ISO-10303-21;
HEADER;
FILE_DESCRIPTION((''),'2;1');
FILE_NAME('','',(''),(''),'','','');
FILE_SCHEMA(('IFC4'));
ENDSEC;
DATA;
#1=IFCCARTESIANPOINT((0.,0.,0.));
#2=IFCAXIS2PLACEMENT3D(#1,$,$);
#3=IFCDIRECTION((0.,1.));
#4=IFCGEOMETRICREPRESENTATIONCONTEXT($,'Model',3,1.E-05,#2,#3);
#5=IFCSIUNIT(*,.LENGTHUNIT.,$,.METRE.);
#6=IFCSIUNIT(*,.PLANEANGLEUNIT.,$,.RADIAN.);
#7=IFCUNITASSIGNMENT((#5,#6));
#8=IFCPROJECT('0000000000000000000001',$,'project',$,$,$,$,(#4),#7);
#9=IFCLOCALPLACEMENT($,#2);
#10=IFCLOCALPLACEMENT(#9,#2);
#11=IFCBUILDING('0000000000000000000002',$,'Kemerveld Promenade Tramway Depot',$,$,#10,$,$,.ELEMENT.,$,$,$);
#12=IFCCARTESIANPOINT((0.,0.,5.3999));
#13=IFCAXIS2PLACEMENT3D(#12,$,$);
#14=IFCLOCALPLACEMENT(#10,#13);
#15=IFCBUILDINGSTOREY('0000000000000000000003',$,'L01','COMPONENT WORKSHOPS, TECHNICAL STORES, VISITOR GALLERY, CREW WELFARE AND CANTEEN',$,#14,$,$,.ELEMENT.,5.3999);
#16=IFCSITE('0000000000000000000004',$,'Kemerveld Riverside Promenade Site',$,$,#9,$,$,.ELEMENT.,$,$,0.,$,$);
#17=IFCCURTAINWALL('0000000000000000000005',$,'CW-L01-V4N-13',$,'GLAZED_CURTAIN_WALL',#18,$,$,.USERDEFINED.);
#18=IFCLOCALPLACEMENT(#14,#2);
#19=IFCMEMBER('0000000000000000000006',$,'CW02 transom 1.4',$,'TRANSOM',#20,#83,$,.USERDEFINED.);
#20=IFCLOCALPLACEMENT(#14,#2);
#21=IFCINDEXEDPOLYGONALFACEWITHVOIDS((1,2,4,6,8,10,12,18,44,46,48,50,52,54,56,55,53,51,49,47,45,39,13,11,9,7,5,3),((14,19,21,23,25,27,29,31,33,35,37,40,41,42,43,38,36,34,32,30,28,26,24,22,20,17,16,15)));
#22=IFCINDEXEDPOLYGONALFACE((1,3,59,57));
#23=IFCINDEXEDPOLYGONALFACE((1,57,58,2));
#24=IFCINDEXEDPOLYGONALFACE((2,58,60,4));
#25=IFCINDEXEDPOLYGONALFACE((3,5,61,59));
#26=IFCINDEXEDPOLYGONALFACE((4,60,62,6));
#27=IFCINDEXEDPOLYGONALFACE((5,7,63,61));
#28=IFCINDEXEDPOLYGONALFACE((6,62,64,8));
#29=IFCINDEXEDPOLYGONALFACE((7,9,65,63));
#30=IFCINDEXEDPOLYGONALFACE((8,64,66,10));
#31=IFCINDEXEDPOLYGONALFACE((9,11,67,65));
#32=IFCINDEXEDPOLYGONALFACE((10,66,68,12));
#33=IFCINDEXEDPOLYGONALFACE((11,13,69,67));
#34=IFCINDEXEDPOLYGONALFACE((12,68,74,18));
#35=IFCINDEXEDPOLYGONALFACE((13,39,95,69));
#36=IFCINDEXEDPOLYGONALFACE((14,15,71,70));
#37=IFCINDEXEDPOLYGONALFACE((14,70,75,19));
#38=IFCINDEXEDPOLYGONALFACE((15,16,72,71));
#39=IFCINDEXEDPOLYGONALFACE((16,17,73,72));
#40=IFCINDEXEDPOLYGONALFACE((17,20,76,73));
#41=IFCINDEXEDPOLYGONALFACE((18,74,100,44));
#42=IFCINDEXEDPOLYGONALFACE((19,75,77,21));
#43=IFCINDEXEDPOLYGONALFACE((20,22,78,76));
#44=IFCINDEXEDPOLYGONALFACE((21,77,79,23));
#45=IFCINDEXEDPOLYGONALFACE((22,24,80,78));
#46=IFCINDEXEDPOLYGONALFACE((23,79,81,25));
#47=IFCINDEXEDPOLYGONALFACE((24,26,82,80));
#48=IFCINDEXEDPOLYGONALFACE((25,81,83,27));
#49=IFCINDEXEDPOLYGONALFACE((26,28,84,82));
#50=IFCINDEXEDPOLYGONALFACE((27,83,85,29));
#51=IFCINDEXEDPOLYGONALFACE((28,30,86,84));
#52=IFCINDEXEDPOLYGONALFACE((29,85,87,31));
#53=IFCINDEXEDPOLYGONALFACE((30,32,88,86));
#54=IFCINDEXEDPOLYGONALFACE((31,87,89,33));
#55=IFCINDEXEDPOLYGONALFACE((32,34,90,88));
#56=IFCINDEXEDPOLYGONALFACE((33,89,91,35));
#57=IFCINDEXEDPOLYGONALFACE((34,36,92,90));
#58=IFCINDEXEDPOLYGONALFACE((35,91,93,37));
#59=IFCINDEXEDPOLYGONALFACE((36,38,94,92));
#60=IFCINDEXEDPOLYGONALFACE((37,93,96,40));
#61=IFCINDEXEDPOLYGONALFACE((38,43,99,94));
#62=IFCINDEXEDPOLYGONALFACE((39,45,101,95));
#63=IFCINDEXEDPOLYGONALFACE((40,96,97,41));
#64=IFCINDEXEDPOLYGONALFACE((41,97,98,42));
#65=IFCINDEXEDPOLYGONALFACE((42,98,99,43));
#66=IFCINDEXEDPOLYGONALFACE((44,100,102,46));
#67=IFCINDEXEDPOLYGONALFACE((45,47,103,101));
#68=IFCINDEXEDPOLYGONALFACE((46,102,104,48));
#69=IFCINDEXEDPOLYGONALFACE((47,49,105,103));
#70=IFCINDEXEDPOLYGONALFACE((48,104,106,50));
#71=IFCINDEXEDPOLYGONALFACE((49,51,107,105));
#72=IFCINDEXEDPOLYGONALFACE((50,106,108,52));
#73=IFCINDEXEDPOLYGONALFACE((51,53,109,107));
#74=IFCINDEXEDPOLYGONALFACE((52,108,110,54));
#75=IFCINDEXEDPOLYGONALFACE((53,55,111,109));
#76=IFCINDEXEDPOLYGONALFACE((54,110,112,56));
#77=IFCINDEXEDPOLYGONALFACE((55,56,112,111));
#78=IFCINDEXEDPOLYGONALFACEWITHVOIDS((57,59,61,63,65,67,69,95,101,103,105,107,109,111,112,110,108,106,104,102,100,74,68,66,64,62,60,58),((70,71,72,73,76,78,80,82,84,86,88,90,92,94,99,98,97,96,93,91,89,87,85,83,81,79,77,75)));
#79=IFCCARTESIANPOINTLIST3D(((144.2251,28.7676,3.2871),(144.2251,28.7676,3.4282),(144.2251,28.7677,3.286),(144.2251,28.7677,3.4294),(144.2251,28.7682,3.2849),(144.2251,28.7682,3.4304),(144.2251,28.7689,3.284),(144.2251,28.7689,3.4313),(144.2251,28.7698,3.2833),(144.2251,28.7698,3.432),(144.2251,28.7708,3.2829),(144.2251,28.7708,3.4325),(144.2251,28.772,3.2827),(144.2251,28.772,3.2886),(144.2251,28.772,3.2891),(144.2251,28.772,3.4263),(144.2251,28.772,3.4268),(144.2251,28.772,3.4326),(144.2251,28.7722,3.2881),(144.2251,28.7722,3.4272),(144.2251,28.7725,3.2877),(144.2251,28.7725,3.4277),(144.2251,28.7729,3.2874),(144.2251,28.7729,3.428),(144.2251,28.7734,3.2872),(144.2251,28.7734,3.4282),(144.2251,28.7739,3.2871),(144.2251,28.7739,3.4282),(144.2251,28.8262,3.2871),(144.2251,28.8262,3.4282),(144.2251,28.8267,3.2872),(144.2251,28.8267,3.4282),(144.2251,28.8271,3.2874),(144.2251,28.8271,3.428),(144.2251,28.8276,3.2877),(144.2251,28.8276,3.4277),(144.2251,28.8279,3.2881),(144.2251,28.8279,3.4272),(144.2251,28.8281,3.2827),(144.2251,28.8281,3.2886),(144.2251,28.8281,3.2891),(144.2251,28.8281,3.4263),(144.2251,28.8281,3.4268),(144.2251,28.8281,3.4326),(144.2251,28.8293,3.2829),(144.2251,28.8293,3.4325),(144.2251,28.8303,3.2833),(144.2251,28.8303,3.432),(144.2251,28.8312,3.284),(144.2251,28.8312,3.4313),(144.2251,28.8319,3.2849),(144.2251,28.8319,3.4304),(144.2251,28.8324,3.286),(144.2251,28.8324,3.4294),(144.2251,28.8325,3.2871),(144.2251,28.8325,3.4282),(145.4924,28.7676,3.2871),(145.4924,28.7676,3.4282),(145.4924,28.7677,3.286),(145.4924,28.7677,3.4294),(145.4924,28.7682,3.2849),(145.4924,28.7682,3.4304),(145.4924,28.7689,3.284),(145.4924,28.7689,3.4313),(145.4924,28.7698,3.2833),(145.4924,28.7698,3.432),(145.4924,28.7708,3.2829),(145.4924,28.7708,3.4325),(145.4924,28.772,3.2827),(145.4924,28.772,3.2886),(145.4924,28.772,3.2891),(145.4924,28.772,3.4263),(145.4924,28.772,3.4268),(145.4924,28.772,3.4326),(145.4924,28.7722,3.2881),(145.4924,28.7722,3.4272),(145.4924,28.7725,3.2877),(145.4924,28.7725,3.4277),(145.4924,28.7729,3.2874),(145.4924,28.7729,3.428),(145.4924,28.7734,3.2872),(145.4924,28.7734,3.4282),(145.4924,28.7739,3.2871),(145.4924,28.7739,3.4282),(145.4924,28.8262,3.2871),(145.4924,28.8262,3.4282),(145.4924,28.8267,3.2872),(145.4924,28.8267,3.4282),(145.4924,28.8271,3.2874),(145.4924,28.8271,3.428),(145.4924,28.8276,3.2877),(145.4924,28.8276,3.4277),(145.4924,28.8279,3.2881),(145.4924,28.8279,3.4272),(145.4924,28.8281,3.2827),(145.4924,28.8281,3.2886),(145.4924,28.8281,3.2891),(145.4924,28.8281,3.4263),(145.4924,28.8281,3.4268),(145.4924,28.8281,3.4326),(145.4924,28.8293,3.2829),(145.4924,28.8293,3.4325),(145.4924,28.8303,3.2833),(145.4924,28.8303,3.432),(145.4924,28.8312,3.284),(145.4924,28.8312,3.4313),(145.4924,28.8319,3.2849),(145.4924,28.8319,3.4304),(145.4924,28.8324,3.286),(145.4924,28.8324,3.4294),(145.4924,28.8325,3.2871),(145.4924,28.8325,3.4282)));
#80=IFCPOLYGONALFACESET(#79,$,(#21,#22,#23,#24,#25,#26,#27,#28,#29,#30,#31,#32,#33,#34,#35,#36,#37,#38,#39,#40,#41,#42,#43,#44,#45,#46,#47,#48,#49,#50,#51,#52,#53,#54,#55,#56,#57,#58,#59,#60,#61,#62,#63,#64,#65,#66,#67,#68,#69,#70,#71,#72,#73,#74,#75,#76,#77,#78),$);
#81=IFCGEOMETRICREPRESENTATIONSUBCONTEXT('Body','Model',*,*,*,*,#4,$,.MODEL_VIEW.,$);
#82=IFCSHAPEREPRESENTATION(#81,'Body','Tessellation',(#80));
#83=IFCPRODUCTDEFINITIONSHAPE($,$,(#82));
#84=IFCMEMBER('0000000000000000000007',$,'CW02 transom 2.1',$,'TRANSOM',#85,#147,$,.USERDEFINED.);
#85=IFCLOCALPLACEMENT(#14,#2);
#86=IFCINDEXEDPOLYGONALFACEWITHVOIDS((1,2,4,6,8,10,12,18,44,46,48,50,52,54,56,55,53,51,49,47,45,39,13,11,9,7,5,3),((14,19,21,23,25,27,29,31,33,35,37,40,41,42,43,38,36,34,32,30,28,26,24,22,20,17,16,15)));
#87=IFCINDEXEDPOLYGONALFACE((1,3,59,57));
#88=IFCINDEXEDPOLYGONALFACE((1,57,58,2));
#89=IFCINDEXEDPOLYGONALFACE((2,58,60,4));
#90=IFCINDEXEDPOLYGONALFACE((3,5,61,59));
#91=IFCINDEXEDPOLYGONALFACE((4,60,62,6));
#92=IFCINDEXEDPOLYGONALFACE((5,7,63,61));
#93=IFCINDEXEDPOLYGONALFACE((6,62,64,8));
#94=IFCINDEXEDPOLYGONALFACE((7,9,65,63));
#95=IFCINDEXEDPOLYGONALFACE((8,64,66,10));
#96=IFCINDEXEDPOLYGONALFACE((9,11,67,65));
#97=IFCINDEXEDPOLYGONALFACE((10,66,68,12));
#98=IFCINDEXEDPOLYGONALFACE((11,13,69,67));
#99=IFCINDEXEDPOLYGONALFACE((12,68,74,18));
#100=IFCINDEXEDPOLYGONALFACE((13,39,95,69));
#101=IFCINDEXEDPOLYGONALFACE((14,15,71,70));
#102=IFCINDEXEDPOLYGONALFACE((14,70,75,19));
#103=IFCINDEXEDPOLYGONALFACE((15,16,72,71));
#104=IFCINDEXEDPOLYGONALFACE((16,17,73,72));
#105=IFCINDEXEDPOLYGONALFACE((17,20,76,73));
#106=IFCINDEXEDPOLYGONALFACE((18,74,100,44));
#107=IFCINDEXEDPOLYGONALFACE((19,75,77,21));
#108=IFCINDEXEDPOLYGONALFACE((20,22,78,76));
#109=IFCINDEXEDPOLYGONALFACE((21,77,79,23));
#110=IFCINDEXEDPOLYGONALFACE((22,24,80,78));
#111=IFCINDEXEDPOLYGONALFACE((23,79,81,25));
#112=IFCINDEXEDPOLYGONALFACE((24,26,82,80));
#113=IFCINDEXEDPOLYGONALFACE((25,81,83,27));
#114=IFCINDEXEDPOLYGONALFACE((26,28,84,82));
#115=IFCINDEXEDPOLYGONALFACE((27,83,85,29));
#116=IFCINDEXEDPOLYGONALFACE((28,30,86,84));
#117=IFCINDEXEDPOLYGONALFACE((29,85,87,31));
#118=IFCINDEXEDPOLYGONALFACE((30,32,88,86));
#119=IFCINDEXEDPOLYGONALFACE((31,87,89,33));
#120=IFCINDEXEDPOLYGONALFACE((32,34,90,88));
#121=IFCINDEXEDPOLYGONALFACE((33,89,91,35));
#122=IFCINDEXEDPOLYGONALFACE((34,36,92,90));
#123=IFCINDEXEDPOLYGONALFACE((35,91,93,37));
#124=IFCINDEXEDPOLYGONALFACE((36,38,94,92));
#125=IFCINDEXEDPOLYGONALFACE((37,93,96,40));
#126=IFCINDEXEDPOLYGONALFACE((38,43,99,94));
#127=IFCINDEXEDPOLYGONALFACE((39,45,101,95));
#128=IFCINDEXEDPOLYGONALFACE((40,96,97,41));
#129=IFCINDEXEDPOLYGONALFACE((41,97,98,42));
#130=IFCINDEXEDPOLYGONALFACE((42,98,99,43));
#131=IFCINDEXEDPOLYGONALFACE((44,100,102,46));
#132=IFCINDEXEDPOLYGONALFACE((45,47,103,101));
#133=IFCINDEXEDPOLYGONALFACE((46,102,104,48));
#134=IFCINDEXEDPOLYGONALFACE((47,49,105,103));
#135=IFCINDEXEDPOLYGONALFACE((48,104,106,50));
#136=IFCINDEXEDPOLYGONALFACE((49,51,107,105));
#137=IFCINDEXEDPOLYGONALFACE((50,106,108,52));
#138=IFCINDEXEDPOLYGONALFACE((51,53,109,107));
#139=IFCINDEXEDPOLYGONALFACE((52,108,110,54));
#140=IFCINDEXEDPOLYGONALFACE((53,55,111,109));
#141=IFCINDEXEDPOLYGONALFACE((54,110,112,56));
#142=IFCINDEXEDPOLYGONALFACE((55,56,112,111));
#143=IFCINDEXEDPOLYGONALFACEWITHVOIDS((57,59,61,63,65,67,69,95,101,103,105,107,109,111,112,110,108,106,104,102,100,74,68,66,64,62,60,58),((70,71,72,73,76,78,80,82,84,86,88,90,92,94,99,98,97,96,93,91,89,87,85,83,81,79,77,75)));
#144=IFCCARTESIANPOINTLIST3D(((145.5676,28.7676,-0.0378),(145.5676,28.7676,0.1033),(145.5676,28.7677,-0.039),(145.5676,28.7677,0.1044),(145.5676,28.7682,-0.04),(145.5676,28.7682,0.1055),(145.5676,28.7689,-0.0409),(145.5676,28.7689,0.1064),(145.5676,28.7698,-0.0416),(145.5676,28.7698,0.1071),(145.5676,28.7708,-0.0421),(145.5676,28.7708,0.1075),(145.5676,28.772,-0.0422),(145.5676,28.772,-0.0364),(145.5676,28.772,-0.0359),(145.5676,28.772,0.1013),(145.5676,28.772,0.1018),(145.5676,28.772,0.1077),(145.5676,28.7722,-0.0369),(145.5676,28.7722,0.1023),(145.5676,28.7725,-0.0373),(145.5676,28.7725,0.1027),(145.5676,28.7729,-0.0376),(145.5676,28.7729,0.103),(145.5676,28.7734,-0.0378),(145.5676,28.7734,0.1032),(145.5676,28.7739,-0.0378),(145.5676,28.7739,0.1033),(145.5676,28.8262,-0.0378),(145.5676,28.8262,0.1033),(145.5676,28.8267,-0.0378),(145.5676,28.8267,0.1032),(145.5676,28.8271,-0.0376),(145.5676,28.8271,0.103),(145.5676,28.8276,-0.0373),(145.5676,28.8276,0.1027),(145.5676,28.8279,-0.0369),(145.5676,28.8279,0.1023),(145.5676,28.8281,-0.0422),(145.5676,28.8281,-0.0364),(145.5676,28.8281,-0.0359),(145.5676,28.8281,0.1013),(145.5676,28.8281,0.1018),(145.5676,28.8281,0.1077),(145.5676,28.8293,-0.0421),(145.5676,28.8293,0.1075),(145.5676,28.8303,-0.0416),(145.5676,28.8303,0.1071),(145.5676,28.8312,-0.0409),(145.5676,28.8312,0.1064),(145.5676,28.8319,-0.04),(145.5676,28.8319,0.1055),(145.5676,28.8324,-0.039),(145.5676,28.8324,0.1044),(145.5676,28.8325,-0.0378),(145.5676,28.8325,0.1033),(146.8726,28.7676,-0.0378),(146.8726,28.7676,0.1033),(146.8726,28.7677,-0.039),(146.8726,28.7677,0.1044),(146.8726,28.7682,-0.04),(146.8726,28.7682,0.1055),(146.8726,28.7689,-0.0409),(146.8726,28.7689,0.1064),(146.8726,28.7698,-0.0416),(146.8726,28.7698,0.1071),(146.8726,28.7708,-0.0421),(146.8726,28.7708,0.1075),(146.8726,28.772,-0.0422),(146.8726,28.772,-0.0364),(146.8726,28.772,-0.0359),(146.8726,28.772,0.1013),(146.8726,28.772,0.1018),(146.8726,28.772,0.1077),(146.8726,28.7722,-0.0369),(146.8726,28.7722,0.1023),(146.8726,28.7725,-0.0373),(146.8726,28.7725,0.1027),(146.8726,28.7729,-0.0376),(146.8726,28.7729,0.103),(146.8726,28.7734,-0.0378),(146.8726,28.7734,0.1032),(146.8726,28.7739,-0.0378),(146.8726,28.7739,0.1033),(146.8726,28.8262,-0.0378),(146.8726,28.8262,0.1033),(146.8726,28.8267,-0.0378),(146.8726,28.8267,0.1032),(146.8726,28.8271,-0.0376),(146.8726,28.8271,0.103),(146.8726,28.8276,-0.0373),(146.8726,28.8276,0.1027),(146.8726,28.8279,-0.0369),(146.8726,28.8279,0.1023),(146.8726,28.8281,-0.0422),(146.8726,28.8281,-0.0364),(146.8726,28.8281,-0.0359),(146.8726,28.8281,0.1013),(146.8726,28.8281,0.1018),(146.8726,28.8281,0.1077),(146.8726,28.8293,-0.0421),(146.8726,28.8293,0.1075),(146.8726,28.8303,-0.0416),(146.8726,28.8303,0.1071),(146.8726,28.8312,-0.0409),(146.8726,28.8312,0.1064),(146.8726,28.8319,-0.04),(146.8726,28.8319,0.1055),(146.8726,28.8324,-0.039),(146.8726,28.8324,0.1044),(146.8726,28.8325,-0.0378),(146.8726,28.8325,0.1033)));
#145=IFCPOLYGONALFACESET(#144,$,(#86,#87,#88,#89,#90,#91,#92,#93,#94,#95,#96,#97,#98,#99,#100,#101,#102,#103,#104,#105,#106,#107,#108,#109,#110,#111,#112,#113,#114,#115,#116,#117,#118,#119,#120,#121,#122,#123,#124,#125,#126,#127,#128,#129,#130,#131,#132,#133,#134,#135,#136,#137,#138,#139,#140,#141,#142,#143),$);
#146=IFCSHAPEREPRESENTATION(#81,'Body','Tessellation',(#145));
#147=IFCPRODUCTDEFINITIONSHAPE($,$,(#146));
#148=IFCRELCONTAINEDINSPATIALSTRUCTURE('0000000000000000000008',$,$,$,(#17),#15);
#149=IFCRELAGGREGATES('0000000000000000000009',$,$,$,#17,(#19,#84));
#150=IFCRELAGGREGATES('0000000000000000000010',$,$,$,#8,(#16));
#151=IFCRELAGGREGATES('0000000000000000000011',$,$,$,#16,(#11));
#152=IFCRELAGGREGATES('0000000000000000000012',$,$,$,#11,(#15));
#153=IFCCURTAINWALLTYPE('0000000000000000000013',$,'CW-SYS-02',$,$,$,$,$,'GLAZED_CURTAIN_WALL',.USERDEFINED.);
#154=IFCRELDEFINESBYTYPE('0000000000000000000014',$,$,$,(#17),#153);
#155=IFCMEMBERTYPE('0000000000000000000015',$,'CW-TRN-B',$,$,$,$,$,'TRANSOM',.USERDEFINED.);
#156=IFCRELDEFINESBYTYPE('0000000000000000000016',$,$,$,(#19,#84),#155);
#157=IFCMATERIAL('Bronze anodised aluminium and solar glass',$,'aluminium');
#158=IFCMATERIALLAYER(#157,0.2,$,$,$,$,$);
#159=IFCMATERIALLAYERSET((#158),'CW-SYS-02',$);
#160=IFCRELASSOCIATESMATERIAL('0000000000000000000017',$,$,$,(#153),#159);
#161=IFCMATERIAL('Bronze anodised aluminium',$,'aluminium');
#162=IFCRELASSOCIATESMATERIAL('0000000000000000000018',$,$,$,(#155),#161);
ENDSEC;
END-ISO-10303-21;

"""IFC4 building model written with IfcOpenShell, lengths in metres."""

from ifc_helpers import new_model, si_unit, direction, frame, origin, origin_2d, place, context, subcontext, project, spatial, hollow_rectangle, extrude, material, layer, layer_set, material_profile, profile_set, type_object, element, aggregate, save


model = new_model("IFC4")

# Units and contexts
model_context = context("Model", 3, precision=1e-05, world=origin(), true_north=direction((0.0, 1.0)))
body_context = subcontext(model_context, "Body", "Model", "MODEL_VIEW")
ifc_project = project(units=[si_unit("LENGTHUNIT", "METRE"), si_unit("PLANEANGLEUNIT", "RADIAN")], contexts=[model_context])

# Site, building, storey
site_placement = place(None, origin())
site = spatial("IfcSite", under=ifc_project, at=site_placement, Name="Kemerveld Riverside Promenade Site", CompositionType="ELEMENT", RefElevation=0.0)
building_placement = place(site_placement, origin())
building = spatial("IfcBuilding", under=site, at=building_placement, Name="Kemerveld Promenade Tramway Depot", CompositionType="ELEMENT")
storey_placement = place(building_placement, frame((0.0, 0.0, 5.3999)))
storey = spatial("IfcBuildingStorey", under=building, at=storey_placement, Name="L01", Description="COMPONENT WORKSHOPS, TECHNICAL STORES, VISITOR GALLERY, CREW WELFARE AND CANTEEN", CompositionType="ELEMENT", Elevation=5.3999)

# Shared definitions
ifc_material_1 = material(Name="Bronze anodised aluminium and solar glass", Category="aluminium")
ifc_material_2 = material(Name="Bronze anodised aluminium", Category="aluminium")

# Curtain wall
ifc_layer_1 = layer(ifc_material_1, 0.2)
ifc_layer_set_1 = layer_set([ifc_layer_1], Name="CW-SYS-02")
curtain_wall_type_1 = type_object("IfcCurtainWallType", Name="CW-SYS-02", ElementType="GLAZED_CURTAIN_WALL", PredefinedType="USERDEFINED", material=ifc_layer_set_1)
curtain_wall_1_placement = place(storey_placement, origin())
curtain_wall_1 = element("IfcCurtainWall", 1, at=curtain_wall_1_placement, inside=storey, type_object=curtain_wall_type_1, Name="CW-L01-V4N-13", ObjectType="GLAZED_CURTAIN_WALL", PredefinedType="USERDEFINED")

# Members
ifc_material_profile_1 = material_profile(ifc_material_2, hollow_rectangle(XDim=0.0649, YDim=0.1499, WallThickness=0.0044, InnerFilletRadius=0.002, OuterFilletRadius=0.0044, at=origin_2d()), Name="CW-TRN-150x65")
ifc_profile_set_1 = profile_set([ifc_material_profile_1], Name="Bronze anodised aluminium")
member_type_1 = type_object("IfcMemberType", Name="CW-TRN-B", ElementType="TRANSOM", PredefinedType="USERDEFINED", material=ifc_profile_set_1)
member_1_placement = place(storey_placement, frame((144.2251, 28.8, 3.3577), z_axis=(1.0, 0.0, 0.0), x_axis=(0.0, 1.0, 0.0)))
member_1 = element("IfcMember", 2, at=member_1_placement, type_object=member_type_1, Name="CW02 transom 1.4", ObjectType="TRANSOM", PredefinedType="USERDEFINED", context=body_context, shape_type="SweptSolid", body=[
    extrude(hollow_rectangle(XDim=0.0649, YDim=0.1499, WallThickness=0.0044, InnerFilletRadius=0.002, OuterFilletRadius=0.0044, at=origin_2d()), origin(), (0.0, 0.0, 1.0), 1.2673),
])
member_2_placement = place(storey_placement, frame((145.5676, 28.8, 0.0327), z_axis=(1.0, 0.0, 0.0), x_axis=(0.0, 1.0, 0.0)))
member_2 = element("IfcMember", 3, at=member_2_placement, type_object=member_type_1, Name="CW02 transom 2.1", ObjectType="TRANSOM", PredefinedType="USERDEFINED", context=body_context, shape_type="SweptSolid", body=[
    extrude(hollow_rectangle(XDim=0.0649, YDim=0.1499, WallThickness=0.0044, InnerFilletRadius=0.002, OuterFilletRadius=0.0044, at=origin_2d()), origin(), (0.0, 0.0, 1.0), 1.3049),
])

aggregate(curtain_wall_1, [member_1, member_2])

save(model, "model.ifc")
